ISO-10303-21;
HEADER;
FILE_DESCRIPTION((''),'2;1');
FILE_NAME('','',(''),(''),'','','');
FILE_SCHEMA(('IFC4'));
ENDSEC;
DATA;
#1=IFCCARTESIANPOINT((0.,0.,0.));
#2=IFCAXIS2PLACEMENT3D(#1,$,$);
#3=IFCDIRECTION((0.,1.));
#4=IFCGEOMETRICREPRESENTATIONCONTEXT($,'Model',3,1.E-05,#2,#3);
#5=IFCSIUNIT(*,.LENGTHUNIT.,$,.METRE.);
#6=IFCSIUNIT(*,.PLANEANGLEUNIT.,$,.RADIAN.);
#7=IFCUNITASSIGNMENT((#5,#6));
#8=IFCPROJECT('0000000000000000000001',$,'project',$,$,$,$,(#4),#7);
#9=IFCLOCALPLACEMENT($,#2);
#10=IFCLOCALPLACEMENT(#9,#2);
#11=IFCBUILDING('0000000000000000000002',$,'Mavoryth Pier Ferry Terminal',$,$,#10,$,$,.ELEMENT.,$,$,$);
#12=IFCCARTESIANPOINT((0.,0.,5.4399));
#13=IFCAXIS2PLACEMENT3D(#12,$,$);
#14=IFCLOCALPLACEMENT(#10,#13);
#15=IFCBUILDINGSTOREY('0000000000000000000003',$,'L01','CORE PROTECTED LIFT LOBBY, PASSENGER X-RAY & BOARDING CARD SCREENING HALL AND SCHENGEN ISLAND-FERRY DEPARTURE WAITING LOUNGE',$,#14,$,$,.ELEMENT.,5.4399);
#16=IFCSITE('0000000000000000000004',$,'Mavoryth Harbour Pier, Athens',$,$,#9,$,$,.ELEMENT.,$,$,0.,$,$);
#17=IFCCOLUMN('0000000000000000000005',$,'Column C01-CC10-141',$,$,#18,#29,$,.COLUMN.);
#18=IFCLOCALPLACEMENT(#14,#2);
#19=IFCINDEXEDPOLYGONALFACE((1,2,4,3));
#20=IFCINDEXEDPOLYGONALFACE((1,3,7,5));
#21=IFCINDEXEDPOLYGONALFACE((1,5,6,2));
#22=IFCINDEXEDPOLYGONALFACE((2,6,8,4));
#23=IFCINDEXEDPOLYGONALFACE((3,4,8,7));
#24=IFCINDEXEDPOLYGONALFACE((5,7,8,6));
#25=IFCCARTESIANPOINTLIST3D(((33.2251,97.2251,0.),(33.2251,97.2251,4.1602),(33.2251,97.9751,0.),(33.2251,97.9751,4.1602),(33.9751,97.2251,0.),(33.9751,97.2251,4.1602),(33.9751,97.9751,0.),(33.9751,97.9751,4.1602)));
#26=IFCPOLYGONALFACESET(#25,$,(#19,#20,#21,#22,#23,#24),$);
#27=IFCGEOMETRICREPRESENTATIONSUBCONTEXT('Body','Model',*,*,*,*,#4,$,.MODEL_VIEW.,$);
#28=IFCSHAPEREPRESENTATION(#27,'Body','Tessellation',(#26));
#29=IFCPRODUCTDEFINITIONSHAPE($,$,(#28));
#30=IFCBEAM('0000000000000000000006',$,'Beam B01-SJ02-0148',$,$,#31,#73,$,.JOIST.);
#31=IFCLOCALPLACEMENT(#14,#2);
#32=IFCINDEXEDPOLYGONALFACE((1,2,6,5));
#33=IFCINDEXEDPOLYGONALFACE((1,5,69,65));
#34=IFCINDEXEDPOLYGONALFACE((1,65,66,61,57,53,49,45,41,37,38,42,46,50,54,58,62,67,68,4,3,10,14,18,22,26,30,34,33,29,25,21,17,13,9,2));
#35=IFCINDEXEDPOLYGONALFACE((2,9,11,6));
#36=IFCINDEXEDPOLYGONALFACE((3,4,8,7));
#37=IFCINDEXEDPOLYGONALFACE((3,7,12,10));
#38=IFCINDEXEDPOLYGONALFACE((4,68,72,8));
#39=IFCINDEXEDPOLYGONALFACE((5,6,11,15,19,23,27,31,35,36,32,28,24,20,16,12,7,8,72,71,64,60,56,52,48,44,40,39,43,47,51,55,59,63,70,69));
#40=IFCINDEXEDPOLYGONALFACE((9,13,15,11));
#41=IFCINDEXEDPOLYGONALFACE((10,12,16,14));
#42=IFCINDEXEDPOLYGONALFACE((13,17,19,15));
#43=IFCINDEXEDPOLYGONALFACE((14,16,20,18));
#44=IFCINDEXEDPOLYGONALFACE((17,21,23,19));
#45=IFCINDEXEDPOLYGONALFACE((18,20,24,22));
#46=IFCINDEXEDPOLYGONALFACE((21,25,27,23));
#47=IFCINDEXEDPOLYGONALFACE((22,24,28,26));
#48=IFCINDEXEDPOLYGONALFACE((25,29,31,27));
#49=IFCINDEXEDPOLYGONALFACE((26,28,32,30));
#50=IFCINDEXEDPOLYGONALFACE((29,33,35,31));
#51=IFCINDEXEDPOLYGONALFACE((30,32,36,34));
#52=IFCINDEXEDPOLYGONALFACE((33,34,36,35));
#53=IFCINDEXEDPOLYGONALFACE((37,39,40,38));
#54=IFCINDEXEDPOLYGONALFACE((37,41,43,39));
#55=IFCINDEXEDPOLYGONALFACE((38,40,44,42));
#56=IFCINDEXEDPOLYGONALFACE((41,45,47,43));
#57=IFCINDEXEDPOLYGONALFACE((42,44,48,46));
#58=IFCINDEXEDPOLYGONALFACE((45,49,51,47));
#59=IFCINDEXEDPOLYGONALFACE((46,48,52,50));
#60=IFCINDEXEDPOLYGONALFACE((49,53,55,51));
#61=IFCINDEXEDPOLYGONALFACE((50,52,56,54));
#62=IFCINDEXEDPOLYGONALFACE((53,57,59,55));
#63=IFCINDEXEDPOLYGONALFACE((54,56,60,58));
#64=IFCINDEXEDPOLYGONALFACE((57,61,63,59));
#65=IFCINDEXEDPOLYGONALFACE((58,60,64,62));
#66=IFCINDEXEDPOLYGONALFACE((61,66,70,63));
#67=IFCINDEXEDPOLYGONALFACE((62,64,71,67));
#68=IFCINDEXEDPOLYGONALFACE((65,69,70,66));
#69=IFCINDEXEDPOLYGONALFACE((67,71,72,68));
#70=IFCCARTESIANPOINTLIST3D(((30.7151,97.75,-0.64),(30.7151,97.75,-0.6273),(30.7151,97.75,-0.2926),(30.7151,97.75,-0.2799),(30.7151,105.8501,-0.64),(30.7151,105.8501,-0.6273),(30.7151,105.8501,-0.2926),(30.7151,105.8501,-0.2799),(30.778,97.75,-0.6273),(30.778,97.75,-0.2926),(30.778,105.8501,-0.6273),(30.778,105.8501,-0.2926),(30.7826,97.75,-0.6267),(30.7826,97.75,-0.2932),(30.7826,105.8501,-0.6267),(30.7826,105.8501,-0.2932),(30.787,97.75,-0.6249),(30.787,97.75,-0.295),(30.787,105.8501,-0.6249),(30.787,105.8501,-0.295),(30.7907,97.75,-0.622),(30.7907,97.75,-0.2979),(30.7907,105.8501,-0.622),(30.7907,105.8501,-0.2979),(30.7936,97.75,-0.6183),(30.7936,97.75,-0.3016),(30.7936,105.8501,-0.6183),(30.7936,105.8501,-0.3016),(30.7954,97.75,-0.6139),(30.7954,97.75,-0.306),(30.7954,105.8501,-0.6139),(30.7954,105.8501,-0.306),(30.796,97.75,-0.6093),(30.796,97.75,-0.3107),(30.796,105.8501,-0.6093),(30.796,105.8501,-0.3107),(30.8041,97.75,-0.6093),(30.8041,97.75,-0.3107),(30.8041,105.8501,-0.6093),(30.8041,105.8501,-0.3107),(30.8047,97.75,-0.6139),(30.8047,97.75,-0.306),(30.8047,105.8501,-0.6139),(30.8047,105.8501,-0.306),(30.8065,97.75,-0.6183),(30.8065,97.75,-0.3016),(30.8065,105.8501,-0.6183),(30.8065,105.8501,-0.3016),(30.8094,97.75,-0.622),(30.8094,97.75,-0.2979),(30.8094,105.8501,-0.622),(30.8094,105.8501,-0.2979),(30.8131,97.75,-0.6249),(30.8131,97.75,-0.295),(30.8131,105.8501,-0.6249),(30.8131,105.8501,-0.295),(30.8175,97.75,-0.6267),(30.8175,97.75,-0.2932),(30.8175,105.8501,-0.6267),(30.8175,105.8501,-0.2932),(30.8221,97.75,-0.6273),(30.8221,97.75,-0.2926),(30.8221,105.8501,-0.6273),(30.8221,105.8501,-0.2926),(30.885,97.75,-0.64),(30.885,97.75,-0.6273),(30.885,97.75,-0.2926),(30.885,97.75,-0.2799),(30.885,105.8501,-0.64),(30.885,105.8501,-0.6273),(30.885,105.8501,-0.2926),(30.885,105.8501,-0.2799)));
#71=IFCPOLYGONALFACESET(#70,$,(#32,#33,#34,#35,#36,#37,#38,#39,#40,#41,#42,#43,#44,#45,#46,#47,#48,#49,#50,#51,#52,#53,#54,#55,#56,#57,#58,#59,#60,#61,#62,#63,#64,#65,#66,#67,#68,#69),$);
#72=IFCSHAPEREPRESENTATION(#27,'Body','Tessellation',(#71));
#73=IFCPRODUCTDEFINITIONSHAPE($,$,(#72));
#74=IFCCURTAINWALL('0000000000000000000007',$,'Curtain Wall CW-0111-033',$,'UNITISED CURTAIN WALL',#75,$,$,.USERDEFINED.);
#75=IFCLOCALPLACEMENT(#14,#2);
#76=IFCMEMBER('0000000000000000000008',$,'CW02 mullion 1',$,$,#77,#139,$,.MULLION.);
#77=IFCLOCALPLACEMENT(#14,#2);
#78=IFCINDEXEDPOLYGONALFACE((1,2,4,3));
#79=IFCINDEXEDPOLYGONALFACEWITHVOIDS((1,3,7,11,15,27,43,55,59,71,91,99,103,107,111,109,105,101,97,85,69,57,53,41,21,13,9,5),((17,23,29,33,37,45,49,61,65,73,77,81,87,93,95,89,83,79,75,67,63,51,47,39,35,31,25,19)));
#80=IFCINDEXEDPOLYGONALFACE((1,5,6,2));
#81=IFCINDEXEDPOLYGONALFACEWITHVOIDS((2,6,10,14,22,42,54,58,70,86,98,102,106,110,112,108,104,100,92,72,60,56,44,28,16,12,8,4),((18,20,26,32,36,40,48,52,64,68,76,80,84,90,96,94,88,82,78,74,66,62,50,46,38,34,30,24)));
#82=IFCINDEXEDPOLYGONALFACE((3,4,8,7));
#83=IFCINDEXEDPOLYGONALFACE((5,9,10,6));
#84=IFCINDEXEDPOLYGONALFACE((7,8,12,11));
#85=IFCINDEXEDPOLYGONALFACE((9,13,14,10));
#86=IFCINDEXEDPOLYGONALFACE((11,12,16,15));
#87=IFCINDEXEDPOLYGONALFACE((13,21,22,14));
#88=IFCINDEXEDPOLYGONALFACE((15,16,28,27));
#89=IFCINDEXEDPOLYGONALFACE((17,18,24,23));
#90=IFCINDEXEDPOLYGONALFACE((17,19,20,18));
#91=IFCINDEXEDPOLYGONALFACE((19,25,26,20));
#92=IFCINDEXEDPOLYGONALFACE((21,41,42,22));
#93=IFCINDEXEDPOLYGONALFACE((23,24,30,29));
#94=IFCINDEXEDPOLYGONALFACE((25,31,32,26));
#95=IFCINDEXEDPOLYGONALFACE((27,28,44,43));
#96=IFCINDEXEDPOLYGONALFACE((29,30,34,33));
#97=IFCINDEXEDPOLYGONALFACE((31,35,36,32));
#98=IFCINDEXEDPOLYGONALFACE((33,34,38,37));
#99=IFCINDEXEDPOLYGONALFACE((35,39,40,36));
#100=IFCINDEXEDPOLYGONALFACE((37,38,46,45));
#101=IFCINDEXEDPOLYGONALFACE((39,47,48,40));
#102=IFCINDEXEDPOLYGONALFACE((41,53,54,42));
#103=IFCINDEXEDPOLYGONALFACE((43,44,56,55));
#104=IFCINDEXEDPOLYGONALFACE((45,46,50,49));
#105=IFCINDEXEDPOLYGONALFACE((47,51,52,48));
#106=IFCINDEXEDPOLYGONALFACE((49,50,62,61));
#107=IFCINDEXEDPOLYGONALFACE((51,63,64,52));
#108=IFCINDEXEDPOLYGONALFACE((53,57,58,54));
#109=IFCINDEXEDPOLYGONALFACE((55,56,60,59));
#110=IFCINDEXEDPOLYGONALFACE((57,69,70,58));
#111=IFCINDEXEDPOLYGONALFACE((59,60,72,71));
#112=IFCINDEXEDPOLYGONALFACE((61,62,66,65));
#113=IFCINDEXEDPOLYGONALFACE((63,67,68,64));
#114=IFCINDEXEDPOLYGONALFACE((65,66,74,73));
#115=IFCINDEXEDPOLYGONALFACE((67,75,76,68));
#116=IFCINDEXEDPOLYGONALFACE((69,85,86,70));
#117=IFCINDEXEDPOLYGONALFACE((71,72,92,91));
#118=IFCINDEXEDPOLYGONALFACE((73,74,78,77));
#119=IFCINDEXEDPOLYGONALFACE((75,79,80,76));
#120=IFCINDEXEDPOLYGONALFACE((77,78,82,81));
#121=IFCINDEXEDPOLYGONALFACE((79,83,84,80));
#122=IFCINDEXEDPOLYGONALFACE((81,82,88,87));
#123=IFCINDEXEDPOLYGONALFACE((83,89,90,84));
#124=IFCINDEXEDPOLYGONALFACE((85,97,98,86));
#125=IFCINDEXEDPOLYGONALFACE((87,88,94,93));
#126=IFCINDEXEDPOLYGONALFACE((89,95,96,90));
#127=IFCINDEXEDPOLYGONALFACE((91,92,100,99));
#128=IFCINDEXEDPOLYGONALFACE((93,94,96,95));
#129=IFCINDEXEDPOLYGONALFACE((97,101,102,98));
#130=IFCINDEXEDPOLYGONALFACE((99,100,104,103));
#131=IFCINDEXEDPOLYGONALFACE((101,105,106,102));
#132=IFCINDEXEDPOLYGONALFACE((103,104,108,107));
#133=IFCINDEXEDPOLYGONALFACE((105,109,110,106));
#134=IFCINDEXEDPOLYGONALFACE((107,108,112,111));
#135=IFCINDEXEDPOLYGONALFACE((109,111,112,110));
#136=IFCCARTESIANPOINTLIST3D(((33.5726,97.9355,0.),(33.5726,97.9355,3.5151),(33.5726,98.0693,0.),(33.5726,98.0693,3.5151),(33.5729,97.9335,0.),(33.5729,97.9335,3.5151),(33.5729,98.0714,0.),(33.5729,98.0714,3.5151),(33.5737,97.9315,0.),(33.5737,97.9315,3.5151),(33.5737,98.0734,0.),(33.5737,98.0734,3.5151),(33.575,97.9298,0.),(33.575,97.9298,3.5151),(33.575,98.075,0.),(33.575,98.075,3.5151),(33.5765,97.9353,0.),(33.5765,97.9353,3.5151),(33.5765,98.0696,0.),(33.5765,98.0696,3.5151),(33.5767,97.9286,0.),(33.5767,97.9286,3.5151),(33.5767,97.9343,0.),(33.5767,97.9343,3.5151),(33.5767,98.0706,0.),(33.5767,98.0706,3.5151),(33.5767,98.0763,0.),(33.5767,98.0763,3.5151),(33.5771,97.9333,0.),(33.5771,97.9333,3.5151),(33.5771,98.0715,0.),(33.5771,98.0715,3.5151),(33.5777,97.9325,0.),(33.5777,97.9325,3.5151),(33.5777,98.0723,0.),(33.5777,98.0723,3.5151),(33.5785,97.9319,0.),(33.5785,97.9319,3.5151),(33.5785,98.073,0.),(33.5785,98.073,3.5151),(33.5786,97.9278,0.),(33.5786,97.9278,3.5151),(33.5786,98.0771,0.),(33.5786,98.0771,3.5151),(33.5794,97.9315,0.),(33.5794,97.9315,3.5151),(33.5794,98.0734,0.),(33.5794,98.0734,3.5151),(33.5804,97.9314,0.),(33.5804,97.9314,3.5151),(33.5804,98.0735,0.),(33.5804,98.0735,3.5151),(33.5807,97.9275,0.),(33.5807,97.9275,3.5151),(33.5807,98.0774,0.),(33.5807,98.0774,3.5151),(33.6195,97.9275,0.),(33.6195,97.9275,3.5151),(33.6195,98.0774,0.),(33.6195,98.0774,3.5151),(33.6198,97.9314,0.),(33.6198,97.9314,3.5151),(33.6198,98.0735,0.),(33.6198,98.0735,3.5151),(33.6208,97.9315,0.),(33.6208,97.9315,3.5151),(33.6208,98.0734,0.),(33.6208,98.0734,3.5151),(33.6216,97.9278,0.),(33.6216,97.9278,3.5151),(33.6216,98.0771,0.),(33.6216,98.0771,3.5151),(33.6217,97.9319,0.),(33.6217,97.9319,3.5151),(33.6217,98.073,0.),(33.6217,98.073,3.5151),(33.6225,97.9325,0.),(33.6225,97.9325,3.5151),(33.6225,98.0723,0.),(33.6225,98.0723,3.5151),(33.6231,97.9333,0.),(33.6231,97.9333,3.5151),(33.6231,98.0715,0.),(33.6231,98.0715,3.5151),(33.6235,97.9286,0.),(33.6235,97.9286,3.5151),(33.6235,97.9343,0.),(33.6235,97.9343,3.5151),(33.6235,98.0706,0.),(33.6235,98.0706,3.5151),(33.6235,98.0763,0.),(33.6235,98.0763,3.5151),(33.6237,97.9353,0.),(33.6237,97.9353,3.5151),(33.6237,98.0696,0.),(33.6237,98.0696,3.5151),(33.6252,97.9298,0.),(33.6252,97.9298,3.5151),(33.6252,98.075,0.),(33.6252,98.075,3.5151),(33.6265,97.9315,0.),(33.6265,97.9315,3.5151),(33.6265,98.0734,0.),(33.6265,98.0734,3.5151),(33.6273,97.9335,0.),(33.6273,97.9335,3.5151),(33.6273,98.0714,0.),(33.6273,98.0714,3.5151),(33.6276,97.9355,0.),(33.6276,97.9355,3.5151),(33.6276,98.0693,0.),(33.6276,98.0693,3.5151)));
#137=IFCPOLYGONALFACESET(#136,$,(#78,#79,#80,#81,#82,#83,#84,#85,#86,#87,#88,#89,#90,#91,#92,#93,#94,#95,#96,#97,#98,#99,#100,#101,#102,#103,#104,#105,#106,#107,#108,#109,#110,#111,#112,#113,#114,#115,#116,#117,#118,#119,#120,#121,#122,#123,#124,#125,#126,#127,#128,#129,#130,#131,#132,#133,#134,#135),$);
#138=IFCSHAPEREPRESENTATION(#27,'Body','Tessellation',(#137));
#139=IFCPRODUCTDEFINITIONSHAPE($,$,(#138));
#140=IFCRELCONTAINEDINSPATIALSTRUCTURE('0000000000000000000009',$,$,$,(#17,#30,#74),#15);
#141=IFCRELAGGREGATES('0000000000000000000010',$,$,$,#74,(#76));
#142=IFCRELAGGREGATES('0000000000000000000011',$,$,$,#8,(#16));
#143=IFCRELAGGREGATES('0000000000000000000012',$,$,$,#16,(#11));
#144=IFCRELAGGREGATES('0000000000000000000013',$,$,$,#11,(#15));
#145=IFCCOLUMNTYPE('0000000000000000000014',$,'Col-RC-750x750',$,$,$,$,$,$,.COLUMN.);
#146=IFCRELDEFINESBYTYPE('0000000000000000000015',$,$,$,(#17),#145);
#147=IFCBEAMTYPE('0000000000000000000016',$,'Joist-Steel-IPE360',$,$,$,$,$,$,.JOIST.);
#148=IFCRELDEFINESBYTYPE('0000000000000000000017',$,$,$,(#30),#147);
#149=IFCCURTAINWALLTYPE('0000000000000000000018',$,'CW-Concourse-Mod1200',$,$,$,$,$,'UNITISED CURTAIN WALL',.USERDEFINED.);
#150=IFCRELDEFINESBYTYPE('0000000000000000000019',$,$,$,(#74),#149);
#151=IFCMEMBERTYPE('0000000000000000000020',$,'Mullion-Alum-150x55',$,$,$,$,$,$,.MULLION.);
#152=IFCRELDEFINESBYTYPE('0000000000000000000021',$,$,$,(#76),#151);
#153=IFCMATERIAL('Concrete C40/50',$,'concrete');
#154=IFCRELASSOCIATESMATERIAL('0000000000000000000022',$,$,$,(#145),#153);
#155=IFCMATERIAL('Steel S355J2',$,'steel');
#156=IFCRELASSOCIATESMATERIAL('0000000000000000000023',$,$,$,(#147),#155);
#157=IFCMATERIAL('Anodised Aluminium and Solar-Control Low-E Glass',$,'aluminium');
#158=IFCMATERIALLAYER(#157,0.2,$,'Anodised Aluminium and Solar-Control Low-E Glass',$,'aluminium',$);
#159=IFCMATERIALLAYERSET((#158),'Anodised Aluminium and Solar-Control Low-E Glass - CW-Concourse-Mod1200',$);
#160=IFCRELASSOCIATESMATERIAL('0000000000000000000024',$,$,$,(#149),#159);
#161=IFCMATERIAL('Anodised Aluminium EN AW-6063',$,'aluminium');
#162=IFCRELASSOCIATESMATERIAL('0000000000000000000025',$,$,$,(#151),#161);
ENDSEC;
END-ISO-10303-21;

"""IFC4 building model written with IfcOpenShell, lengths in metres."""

from ifc_helpers import new_model, si_unit, direction, frame, origin, origin_2d, place, context, subcontext, project, spatial, rectangle, hollow_rectangle, i_section, extrude, material, layer, layer_set, material_profile, profile_set, type_object, element, aggregate, save


model = new_model("IFC4")

# Units and contexts
model_context = context("Model", 3, precision=1e-05, world=origin(), true_north=direction((0.0, 1.0)))
body_context = subcontext(model_context, "Body", "Model", "MODEL_VIEW")
ifc_project = project(units=[si_unit("LENGTHUNIT", "METRE"), si_unit("PLANEANGLEUNIT", "RADIAN")], contexts=[model_context])

# Site, building, storey
site_placement = place(None, origin())
site = spatial("IfcSite", under=ifc_project, at=site_placement, Name="Mavoryth Harbour Pier, Athens", CompositionType="ELEMENT", RefElevation=0.0)
building_placement = place(site_placement, origin())
building = spatial("IfcBuilding", under=site, at=building_placement, Name="Mavoryth Pier Ferry Terminal", CompositionType="ELEMENT")
storey_placement = place(building_placement, frame((0.0, 0.0, 5.4399)))
storey = spatial("IfcBuildingStorey", under=building, at=storey_placement, Name="L01", Description="CORE PROTECTED LIFT LOBBY, PASSENGER X-RAY & BOARDING CARD SCREENING HALL AND SCHENGEN ISLAND-FERRY DEPARTURE WAITING LOUNGE", CompositionType="ELEMENT", Elevation=5.4399)

# Column
ifc_material_1 = material(Name="Concrete C40/50", Category="concrete")
ifc_material_profile_1 = material_profile(ifc_material_1, rectangle(XDim=0.75, YDim=0.75, at=origin_2d()), Name="RC 750x750", Category="concrete")
ifc_profile_set_1 = profile_set([ifc_material_profile_1], Name="Concrete C40/50 - RC 750x750")
column_type = type_object("IfcColumnType", Name="Col-RC-750x750", PredefinedType="COLUMN", material=ifc_profile_set_1)
column_placement = place(storey_placement, frame((33.6001, 97.6001, 0.0), z_axis=(0.0, 0.0, 1.0), x_axis=(1.0, 0.0, 0.0)))
element("IfcColumn", 1, at=column_placement, inside=storey, type_object=column_type, Name="Column C01-CC10-141", PredefinedType="COLUMN", context=body_context, shape_type="SweptSolid", body=[
    extrude(rectangle(XDim=0.75, YDim=0.75, at=origin_2d()), origin(), (0.0, 0.0, 1.0), 4.1602),
])

# Beam
ifc_material_2 = material(Name="Steel S355J2", Category="steel")
ifc_material_profile_2 = material_profile(ifc_material_2, i_section(OverallWidth=0.1699, OverallDepth=0.3601, WebThickness=0.0081, FlangeThickness=0.0127, FilletRadius=0.0181, at=origin_2d()), Name="IPE 360", Category="steel")
ifc_profile_set_2 = profile_set([ifc_material_profile_2], Name="Steel S355J2 - IPE 360")
beam_type_1 = type_object("IfcBeamType", Name="Joist-Steel-IPE360", PredefinedType="JOIST", material=ifc_profile_set_2)
beam_1_placement = place(storey_placement, frame((30.8, 97.75, -0.46), z_axis=(0.0, 1.0, 0.0), x_axis=(-1.0, 0.0, 0.0)))
element("IfcBeam", 2, at=beam_1_placement, inside=storey, type_object=beam_type_1, Name="Beam B01-SJ02-0148", PredefinedType="JOIST", context=body_context, shape_type="SweptSolid", body=[
    extrude(i_section(OverallWidth=0.1699, OverallDepth=0.3601, WebThickness=0.0081, FlangeThickness=0.0127, FilletRadius=0.0181, at=origin_2d()), origin(), (0.0, 0.0, 1.0), 8.1001),
])

# Curtain wall, member
ifc_material_3 = material(Name="Anodised Aluminium and Solar-Control Low-E Glass", Category="aluminium")
ifc_layer_1 = layer(ifc_material_3, 0.2, Name="Anodised Aluminium and Solar-Control Low-E Glass", Category="aluminium")
ifc_layer_set_1 = layer_set([ifc_layer_1], Name="Anodised Aluminium and Solar-Control Low-E Glass - CW-Concourse-Mod1200")
curtain_wall_type_1 = type_object("IfcCurtainWallType", Name="CW-Concourse-Mod1200", ElementType="UNITISED CURTAIN WALL", PredefinedType="USERDEFINED", material=ifc_layer_set_1)
curtain_wall_1_placement = place(storey_placement, origin())
curtain_wall_1 = element("IfcCurtainWall", 3, at=curtain_wall_1_placement, inside=storey, type_object=curtain_wall_type_1, Name="Curtain Wall CW-0111-033", ObjectType="UNITISED CURTAIN WALL", PredefinedType="USERDEFINED")
ifc_material_4 = material(Name="Anodised Aluminium EN AW-6063", Category="aluminium")
ifc_material_profile_3 = material_profile(ifc_material_4, hollow_rectangle(XDim=0.0549, YDim=0.1499, WallThickness=0.0039, InnerFilletRadius=0.0039, OuterFilletRadius=0.0081, at=origin_2d()), Name="AL-MULL 150x55x4", Category="aluminium")
ifc_profile_set_3 = profile_set([ifc_material_profile_3], Name="Anodised Aluminium EN AW-6063 - AL-MULL 150x55x4")
member_type_1 = type_object("IfcMemberType", Name="Mullion-Alum-150x55", PredefinedType="MULLION", material=ifc_profile_set_3)
member_1_placement = place(storey_placement, frame((33.6001, 98.0024, 0.0), z_axis=(0.0, 0.0, 1.0), x_axis=(-1.0, 0.0, 0.0)))
member_1 = element("IfcMember", 4, at=member_1_placement, type_object=member_type_1, Name="CW02 mullion 1", PredefinedType="MULLION", context=body_context, shape_type="SweptSolid", body=[
    extrude(hollow_rectangle(XDim=0.0549, YDim=0.1499, WallThickness=0.0039, InnerFilletRadius=0.0039, OuterFilletRadius=0.0081, at=origin_2d()), origin(), (0.0, 0.0, 1.0), 3.5151),
])

aggregate(curtain_wall_1, [member_1])

save(model, "model.ifc")
